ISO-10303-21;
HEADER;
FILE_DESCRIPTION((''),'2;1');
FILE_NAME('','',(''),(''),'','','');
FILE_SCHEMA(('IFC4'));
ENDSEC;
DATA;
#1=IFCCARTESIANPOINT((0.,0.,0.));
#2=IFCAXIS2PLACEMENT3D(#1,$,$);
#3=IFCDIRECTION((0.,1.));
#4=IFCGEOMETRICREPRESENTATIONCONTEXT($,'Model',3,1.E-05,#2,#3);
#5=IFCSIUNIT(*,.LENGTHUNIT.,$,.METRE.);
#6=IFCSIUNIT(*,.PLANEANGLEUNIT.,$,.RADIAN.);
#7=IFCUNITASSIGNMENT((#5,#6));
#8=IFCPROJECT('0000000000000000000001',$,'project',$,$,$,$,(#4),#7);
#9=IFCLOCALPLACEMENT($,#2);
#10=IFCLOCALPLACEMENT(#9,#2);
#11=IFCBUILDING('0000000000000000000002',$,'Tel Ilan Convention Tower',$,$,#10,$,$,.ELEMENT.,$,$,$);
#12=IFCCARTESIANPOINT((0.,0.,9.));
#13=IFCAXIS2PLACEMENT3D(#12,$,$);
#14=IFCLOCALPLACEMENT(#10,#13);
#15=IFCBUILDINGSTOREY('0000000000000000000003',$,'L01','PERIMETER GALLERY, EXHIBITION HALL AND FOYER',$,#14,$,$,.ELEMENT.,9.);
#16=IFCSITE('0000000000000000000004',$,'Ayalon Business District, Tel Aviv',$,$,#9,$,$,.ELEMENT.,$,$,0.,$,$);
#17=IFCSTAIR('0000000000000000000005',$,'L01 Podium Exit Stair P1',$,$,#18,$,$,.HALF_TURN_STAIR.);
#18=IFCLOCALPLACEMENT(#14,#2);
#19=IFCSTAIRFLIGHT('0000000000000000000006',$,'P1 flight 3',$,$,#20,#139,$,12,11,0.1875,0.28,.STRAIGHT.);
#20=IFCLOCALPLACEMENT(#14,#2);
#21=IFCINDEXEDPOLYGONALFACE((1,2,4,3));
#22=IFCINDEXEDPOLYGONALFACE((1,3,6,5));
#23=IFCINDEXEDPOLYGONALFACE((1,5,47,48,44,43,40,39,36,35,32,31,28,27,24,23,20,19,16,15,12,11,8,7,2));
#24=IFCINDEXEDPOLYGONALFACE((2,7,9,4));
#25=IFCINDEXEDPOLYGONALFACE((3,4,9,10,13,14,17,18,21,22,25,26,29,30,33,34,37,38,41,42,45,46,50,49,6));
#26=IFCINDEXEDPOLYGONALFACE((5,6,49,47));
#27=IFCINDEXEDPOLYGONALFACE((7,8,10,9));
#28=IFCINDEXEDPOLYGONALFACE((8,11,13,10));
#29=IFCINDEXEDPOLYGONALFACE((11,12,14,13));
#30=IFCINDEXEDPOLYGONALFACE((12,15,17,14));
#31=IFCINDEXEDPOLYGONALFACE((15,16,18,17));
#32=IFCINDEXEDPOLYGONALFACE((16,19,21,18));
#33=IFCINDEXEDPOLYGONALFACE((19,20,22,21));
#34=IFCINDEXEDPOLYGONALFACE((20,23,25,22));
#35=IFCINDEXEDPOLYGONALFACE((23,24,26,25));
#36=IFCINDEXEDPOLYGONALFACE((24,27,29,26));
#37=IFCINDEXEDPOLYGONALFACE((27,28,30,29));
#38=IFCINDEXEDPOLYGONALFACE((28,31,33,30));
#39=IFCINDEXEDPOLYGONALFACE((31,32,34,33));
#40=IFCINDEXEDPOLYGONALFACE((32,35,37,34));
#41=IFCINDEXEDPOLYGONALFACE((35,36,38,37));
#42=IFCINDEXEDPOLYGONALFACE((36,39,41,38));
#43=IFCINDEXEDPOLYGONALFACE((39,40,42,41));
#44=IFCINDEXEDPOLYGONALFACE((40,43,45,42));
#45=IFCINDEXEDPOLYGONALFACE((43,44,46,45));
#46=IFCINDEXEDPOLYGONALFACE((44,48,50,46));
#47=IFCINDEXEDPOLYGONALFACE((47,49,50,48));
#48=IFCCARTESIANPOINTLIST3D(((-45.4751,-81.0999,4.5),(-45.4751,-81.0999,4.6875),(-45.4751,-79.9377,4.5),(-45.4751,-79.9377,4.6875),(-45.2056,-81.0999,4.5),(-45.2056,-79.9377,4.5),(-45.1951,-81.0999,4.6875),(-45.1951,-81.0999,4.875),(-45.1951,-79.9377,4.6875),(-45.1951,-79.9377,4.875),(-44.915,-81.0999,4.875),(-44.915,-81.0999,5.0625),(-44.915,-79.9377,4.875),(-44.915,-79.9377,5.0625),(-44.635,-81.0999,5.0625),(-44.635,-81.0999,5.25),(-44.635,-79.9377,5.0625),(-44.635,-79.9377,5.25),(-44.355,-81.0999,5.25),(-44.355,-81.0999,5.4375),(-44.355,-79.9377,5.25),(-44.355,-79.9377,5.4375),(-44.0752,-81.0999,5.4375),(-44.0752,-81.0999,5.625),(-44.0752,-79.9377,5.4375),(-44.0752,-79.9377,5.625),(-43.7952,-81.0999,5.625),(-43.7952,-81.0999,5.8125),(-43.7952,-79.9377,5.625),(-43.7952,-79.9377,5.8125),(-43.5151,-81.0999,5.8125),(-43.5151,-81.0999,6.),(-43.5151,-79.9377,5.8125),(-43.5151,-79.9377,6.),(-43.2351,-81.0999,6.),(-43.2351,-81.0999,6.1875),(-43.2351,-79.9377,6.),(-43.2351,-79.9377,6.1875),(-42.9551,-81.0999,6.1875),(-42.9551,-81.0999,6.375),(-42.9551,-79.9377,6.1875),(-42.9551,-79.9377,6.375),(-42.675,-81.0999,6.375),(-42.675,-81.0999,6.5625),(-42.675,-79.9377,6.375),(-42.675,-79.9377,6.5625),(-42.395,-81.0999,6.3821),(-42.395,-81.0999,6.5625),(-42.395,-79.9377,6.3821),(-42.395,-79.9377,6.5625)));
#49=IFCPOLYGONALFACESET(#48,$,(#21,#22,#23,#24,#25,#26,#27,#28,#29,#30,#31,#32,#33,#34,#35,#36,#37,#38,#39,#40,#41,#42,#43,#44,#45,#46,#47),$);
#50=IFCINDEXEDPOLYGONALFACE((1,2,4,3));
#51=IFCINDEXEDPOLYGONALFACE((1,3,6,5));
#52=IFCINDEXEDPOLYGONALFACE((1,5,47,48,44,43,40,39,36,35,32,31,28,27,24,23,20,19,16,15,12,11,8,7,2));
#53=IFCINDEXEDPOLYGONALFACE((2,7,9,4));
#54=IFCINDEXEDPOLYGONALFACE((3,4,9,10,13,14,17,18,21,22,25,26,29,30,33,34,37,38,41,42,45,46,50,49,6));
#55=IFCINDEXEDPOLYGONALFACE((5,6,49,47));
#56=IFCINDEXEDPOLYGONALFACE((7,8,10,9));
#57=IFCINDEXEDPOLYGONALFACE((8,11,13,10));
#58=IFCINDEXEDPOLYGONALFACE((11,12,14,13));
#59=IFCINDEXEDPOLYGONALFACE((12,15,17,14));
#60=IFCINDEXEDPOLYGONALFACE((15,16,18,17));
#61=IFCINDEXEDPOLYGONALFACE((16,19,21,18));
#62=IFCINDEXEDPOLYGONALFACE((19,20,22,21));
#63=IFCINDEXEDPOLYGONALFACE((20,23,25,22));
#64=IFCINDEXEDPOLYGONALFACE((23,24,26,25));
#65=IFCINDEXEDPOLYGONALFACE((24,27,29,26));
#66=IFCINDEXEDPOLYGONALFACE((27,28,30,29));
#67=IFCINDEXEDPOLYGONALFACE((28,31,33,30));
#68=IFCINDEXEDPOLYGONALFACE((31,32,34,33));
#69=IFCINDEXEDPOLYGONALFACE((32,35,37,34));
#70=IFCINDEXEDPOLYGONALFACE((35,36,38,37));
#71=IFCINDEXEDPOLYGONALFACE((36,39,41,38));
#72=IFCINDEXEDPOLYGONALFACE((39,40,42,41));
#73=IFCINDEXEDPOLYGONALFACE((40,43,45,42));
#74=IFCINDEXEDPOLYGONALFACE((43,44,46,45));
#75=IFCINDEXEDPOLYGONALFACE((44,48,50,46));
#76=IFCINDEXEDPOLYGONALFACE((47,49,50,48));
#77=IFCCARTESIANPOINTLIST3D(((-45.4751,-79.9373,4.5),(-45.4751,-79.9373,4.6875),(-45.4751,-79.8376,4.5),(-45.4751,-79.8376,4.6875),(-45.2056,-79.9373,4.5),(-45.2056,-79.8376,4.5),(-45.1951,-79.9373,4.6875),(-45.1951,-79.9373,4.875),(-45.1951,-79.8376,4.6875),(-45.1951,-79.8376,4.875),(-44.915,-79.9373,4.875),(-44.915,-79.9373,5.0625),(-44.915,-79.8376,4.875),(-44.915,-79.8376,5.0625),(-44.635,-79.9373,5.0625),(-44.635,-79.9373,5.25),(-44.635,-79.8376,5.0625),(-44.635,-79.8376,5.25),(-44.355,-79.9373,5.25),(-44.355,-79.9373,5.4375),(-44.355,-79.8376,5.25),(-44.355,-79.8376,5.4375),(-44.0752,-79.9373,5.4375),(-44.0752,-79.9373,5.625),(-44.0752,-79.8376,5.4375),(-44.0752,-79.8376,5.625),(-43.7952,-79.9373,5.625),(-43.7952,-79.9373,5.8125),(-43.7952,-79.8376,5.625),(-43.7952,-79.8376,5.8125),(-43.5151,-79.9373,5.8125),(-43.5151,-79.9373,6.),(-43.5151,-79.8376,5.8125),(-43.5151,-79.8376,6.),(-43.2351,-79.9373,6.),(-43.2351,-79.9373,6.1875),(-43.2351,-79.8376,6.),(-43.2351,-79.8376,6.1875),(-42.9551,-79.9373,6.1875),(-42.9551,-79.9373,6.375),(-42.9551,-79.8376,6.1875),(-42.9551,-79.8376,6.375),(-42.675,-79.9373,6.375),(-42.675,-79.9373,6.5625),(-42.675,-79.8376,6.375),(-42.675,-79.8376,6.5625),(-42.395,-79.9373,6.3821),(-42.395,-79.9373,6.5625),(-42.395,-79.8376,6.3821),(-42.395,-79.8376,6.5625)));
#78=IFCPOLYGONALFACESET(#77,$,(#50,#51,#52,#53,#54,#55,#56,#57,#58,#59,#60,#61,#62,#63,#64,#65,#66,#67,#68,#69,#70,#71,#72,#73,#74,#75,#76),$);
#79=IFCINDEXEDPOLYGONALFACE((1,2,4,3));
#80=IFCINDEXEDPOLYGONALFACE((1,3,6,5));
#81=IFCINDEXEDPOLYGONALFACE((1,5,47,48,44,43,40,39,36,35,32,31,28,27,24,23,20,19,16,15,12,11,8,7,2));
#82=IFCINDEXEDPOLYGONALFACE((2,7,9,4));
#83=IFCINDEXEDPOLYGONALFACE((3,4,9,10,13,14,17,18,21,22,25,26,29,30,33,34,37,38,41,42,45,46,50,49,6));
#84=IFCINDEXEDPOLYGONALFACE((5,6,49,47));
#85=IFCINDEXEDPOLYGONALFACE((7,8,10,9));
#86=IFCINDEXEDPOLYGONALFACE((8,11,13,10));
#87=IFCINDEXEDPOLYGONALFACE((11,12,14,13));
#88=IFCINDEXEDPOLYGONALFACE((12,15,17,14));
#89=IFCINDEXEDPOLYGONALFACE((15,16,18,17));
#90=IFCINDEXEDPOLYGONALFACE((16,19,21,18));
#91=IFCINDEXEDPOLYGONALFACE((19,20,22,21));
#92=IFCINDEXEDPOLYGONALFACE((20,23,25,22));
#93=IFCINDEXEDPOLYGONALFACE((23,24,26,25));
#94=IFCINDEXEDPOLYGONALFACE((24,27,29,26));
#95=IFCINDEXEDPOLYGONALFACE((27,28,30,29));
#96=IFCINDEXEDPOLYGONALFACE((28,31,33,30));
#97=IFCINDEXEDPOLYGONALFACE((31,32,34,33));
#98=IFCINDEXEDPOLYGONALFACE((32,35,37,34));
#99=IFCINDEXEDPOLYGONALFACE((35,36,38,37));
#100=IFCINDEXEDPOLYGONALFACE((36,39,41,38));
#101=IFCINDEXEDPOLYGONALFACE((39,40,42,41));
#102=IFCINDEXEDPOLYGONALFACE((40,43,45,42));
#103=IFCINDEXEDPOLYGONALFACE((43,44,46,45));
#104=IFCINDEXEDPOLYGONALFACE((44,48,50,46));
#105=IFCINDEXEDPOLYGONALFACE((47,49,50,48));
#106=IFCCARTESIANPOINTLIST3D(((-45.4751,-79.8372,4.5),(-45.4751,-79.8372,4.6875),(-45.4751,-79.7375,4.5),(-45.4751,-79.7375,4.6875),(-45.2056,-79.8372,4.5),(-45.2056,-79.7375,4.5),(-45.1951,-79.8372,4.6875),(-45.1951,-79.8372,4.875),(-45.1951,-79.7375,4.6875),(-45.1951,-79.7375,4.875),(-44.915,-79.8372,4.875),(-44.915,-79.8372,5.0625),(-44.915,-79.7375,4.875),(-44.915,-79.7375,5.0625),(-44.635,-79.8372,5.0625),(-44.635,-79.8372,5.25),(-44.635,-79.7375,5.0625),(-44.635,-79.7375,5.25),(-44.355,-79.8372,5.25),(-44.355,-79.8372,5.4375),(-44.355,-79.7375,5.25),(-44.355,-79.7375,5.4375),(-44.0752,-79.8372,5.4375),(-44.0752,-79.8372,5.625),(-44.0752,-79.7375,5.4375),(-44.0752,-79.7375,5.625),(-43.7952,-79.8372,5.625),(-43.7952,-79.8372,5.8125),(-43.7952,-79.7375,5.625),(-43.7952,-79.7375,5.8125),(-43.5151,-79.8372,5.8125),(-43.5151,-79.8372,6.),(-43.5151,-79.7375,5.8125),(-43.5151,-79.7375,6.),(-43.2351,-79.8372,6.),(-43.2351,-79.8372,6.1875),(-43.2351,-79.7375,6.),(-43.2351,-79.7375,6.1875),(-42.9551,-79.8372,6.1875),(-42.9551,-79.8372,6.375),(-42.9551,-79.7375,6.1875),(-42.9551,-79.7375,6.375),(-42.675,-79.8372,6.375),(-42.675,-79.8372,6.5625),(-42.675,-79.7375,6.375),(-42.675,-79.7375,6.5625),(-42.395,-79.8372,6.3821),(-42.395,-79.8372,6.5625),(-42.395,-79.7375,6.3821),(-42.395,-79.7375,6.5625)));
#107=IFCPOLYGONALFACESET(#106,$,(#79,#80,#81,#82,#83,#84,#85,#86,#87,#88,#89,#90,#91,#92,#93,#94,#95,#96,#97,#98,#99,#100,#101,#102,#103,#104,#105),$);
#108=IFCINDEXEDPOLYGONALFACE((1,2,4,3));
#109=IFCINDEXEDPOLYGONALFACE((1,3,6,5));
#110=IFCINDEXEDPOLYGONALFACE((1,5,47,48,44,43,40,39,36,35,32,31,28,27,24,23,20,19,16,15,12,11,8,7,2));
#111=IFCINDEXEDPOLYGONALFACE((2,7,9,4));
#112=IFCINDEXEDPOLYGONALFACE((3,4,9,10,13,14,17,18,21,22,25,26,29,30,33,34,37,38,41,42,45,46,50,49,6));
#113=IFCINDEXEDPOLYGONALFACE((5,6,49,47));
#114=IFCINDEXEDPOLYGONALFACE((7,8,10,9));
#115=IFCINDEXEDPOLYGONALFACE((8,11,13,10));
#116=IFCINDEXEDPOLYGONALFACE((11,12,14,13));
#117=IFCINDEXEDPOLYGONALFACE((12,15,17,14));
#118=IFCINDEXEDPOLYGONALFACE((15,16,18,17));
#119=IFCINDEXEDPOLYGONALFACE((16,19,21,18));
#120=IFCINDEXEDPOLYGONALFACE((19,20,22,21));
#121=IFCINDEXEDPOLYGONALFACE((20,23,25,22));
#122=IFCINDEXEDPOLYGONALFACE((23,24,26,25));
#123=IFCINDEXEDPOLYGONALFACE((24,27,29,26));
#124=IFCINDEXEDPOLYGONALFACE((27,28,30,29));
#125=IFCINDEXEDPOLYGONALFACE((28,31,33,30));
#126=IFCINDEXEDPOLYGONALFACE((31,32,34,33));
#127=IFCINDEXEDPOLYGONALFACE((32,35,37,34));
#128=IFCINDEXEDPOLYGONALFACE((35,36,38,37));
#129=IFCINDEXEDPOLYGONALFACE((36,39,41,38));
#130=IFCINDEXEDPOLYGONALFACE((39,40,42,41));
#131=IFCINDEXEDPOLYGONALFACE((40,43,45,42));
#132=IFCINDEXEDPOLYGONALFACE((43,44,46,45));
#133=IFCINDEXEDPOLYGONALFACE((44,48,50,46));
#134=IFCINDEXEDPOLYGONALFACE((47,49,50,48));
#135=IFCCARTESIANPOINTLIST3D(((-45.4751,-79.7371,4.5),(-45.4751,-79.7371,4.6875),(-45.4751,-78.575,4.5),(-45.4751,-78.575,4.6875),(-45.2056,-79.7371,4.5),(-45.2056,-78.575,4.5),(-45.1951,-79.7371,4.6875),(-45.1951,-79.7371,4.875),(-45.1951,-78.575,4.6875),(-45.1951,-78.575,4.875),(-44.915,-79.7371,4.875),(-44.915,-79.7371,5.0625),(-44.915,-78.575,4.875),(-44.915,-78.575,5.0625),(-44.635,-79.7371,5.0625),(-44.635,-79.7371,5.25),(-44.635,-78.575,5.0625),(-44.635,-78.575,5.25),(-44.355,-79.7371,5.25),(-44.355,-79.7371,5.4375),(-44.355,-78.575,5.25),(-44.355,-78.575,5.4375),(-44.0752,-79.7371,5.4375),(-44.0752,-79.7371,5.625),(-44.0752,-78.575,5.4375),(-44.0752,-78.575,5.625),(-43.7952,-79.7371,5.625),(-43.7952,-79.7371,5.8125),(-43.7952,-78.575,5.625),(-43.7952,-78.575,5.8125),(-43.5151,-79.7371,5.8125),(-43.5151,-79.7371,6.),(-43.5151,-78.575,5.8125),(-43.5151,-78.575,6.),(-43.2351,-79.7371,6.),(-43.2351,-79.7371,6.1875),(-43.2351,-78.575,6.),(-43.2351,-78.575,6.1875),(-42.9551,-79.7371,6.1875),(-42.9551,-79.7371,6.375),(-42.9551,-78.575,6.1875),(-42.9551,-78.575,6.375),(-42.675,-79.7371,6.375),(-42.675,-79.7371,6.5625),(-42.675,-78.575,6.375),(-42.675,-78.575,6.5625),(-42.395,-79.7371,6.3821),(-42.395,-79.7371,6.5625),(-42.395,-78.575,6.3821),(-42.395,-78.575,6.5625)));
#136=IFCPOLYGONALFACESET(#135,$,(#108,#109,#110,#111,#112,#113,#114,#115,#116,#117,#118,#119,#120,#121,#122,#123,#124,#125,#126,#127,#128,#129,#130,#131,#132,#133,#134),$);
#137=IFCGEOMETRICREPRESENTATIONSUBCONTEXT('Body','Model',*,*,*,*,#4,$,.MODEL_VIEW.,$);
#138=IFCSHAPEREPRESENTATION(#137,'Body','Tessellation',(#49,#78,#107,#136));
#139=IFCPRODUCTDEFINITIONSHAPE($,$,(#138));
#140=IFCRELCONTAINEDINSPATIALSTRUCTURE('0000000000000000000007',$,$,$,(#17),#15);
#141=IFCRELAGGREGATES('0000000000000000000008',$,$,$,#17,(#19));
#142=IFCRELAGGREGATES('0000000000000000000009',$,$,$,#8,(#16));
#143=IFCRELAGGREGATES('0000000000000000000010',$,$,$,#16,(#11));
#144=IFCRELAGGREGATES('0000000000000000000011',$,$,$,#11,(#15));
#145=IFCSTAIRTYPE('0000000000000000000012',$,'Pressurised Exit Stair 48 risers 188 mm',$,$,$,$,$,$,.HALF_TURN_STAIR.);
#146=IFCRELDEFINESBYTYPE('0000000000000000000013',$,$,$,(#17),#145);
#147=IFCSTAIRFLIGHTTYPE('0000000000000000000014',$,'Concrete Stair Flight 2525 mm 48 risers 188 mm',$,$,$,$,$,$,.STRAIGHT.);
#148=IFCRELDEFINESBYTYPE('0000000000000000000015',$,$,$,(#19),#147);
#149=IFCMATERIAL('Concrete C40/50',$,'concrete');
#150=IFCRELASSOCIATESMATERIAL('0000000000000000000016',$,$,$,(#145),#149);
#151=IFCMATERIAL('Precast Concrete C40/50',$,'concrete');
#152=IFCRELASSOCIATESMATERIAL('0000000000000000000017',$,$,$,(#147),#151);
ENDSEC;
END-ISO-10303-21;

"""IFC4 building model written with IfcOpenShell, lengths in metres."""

from ifc_helpers import new_model, si_unit, direction, frame, origin, place, context, subcontext, project, spatial, polyline, outline, extrude, material, type_object, element, aggregate, save


model = new_model("IFC4")

# Units and contexts
model_context = context("Model", 3, precision=1e-05, world=origin(), true_north=direction((0.0, 1.0)))
body_context = subcontext(model_context, "Body", "Model", "MODEL_VIEW")
ifc_project = project(units=[si_unit("LENGTHUNIT", "METRE"), si_unit("PLANEANGLEUNIT", "RADIAN")], contexts=[model_context])

# Site, building, storey
site_placement = place(None, origin())
site = spatial("IfcSite", under=ifc_project, at=site_placement, Name="Ayalon Business District, Tel Aviv", CompositionType="ELEMENT", RefElevation=0.0)
building_placement = place(site_placement, origin())
building = spatial("IfcBuilding", under=site, at=building_placement, Name="Tel Ilan Convention Tower", CompositionType="ELEMENT")
storey_placement = place(building_placement, frame((0.0, 0.0, 9.0)))
storey = spatial("IfcBuildingStorey", under=building, at=storey_placement, Name="L01", Description="PERIMETER GALLERY, EXHIBITION HALL AND FOYER", CompositionType="ELEMENT", Elevation=9.0)

# Stair, stair flight
ifc_material_1 = material(Name="Concrete C40/50", Category="concrete")
stair_type = type_object("IfcStairType", Name="Pressurised Exit Stair 48 risers 188 mm", PredefinedType="HALF_TURN_STAIR", material=ifc_material_1)
stair_placement = place(storey_placement, origin())
stair = element("IfcStair", 1, at=stair_placement, inside=storey, type_object=stair_type, Name="L01 Podium Exit Stair P1", PredefinedType="HALF_TURN_STAIR")
ifc_material_2 = material(Name="Precast Concrete C40/50", Category="concrete")
stair_flight_type = type_object("IfcStairFlightType", Name="Concrete Stair Flight 2525 mm 48 risers 188 mm", PredefinedType="STRAIGHT", material=ifc_material_2)
stair_flight_1_placement = place(storey_placement, frame((-45.4751, -79.8374, 4.5), z_axis=(0.0, 0.0, 1.0), x_axis=(1.0, 0.0, 0.0)))
stair_flight_1 = element("IfcStairFlight", 2, at=stair_flight_1_placement, type_object=stair_flight_type, Name="P1 flight 3", NumberOfRisers=12, NumberOfTreads=11, PredefinedType="STRAIGHT", RiserHeight=0.1875, TreadLength=0.28, context=body_context, shape_type="SweptSolid", body=[
    extrude(outline(polyline([(0.0, 0.0), (0.0, 0.1875), (0.28, 0.1875), (0.28, 0.375), (0.5601, 0.375), (0.5601, 0.5625), (0.8401, 0.5625), (0.8401, 0.75), (1.1201, 0.75), (1.1201, 0.9375), (1.3999, 0.9375), (1.3999, 1.125), (1.6799, 1.125), (1.6799, 1.3125), (1.96, 1.3125), (1.96, 1.5), (2.24, 1.5), (2.24, 1.6875), (2.52, 1.6875), (2.52, 1.875), (2.8, 1.875), (2.8, 2.0625), (3.0801, 2.0625), (3.0801, 2.25), (3.0801, 1.8821), (0.2695, 0.0), (0.0, 0.0)])), frame((0.0, -0.1003, 0.0), z_axis=(0.0, -1.0, 0.0), x_axis=(1.0, 0.0, 0.0)), (0.0, 0.0, 1.0), 1.1621),
    extrude(outline(polyline([(0.0, 0.0), (0.0, 0.1875), (0.28, 0.1875), (0.28, 0.375), (0.5601, 0.375), (0.5601, 0.5625), (0.8401, 0.5625), (0.8401, 0.75), (1.1201, 0.75), (1.1201, 0.9375), (1.3999, 0.9375), (1.3999, 1.125), (1.6799, 1.125), (1.6799, 1.3125), (1.96, 1.3125), (1.96, 1.5), (2.24, 1.5), (2.24, 1.6875), (2.52, 1.6875), (2.52, 1.875), (2.8, 1.875), (2.8, 2.0625), (3.0801, 2.0625), (3.0801, 2.25), (3.0801, 1.8821), (0.2695, 0.0), (0.0, 0.0)])), frame((0.0, -0.0002, 0.0), z_axis=(0.0, -1.0, 0.0), x_axis=(1.0, 0.0, 0.0)), (0.0, 0.0, 1.0), 0.0996),
    extrude(outline(polyline([(0.0, 0.0), (0.0, 0.1875), (0.28, 0.1875), (0.28, 0.375), (0.5601, 0.375), (0.5601, 0.5625), (0.8401, 0.5625), (0.8401, 0.75), (1.1201, 0.75), (1.1201, 0.9375), (1.3999, 0.9375), (1.3999, 1.125), (1.6799, 1.125), (1.6799, 1.3125), (1.96, 1.3125), (1.96, 1.5), (2.24, 1.5), (2.24, 1.6875), (2.52, 1.6875), (2.52, 1.875), (2.8, 1.875), (2.8, 2.0625), (3.0801, 2.0625), (3.0801, 2.25), (3.0801, 1.8821), (0.2695, 0.0), (0.0, 0.0)])), frame((0.0, 0.0999, 0.0), z_axis=(0.0, -1.0, 0.0), x_axis=(1.0, 0.0, 0.0)), (0.0, 0.0, 1.0), 0.0996),
    extrude(outline(polyline([(0.0, 0.0), (0.0, 0.1875), (0.28, 0.1875), (0.28, 0.375), (0.5601, 0.375), (0.5601, 0.5625), (0.8401, 0.5625), (0.8401, 0.75), (1.1201, 0.75), (1.1201, 0.9375), (1.3999, 0.9375), (1.3999, 1.125), (1.6799, 1.125), (1.6799, 1.3125), (1.96, 1.3125), (1.96, 1.5), (2.24, 1.5), (2.24, 1.6875), (2.52, 1.6875), (2.52, 1.875), (2.8, 1.875), (2.8, 2.0625), (3.0801, 2.0625), (3.0801, 2.25), (3.0801, 1.8821), (0.2695, 0.0), (0.0, 0.0)])), frame((0.0, 1.2625, 0.0), z_axis=(0.0, -1.0, 0.0), x_axis=(1.0, 0.0, 0.0)), (0.0, 0.0, 1.0), 1.1621),
])
aggregate(stair, [stair_flight_1])

save(model, "model.ifc")
